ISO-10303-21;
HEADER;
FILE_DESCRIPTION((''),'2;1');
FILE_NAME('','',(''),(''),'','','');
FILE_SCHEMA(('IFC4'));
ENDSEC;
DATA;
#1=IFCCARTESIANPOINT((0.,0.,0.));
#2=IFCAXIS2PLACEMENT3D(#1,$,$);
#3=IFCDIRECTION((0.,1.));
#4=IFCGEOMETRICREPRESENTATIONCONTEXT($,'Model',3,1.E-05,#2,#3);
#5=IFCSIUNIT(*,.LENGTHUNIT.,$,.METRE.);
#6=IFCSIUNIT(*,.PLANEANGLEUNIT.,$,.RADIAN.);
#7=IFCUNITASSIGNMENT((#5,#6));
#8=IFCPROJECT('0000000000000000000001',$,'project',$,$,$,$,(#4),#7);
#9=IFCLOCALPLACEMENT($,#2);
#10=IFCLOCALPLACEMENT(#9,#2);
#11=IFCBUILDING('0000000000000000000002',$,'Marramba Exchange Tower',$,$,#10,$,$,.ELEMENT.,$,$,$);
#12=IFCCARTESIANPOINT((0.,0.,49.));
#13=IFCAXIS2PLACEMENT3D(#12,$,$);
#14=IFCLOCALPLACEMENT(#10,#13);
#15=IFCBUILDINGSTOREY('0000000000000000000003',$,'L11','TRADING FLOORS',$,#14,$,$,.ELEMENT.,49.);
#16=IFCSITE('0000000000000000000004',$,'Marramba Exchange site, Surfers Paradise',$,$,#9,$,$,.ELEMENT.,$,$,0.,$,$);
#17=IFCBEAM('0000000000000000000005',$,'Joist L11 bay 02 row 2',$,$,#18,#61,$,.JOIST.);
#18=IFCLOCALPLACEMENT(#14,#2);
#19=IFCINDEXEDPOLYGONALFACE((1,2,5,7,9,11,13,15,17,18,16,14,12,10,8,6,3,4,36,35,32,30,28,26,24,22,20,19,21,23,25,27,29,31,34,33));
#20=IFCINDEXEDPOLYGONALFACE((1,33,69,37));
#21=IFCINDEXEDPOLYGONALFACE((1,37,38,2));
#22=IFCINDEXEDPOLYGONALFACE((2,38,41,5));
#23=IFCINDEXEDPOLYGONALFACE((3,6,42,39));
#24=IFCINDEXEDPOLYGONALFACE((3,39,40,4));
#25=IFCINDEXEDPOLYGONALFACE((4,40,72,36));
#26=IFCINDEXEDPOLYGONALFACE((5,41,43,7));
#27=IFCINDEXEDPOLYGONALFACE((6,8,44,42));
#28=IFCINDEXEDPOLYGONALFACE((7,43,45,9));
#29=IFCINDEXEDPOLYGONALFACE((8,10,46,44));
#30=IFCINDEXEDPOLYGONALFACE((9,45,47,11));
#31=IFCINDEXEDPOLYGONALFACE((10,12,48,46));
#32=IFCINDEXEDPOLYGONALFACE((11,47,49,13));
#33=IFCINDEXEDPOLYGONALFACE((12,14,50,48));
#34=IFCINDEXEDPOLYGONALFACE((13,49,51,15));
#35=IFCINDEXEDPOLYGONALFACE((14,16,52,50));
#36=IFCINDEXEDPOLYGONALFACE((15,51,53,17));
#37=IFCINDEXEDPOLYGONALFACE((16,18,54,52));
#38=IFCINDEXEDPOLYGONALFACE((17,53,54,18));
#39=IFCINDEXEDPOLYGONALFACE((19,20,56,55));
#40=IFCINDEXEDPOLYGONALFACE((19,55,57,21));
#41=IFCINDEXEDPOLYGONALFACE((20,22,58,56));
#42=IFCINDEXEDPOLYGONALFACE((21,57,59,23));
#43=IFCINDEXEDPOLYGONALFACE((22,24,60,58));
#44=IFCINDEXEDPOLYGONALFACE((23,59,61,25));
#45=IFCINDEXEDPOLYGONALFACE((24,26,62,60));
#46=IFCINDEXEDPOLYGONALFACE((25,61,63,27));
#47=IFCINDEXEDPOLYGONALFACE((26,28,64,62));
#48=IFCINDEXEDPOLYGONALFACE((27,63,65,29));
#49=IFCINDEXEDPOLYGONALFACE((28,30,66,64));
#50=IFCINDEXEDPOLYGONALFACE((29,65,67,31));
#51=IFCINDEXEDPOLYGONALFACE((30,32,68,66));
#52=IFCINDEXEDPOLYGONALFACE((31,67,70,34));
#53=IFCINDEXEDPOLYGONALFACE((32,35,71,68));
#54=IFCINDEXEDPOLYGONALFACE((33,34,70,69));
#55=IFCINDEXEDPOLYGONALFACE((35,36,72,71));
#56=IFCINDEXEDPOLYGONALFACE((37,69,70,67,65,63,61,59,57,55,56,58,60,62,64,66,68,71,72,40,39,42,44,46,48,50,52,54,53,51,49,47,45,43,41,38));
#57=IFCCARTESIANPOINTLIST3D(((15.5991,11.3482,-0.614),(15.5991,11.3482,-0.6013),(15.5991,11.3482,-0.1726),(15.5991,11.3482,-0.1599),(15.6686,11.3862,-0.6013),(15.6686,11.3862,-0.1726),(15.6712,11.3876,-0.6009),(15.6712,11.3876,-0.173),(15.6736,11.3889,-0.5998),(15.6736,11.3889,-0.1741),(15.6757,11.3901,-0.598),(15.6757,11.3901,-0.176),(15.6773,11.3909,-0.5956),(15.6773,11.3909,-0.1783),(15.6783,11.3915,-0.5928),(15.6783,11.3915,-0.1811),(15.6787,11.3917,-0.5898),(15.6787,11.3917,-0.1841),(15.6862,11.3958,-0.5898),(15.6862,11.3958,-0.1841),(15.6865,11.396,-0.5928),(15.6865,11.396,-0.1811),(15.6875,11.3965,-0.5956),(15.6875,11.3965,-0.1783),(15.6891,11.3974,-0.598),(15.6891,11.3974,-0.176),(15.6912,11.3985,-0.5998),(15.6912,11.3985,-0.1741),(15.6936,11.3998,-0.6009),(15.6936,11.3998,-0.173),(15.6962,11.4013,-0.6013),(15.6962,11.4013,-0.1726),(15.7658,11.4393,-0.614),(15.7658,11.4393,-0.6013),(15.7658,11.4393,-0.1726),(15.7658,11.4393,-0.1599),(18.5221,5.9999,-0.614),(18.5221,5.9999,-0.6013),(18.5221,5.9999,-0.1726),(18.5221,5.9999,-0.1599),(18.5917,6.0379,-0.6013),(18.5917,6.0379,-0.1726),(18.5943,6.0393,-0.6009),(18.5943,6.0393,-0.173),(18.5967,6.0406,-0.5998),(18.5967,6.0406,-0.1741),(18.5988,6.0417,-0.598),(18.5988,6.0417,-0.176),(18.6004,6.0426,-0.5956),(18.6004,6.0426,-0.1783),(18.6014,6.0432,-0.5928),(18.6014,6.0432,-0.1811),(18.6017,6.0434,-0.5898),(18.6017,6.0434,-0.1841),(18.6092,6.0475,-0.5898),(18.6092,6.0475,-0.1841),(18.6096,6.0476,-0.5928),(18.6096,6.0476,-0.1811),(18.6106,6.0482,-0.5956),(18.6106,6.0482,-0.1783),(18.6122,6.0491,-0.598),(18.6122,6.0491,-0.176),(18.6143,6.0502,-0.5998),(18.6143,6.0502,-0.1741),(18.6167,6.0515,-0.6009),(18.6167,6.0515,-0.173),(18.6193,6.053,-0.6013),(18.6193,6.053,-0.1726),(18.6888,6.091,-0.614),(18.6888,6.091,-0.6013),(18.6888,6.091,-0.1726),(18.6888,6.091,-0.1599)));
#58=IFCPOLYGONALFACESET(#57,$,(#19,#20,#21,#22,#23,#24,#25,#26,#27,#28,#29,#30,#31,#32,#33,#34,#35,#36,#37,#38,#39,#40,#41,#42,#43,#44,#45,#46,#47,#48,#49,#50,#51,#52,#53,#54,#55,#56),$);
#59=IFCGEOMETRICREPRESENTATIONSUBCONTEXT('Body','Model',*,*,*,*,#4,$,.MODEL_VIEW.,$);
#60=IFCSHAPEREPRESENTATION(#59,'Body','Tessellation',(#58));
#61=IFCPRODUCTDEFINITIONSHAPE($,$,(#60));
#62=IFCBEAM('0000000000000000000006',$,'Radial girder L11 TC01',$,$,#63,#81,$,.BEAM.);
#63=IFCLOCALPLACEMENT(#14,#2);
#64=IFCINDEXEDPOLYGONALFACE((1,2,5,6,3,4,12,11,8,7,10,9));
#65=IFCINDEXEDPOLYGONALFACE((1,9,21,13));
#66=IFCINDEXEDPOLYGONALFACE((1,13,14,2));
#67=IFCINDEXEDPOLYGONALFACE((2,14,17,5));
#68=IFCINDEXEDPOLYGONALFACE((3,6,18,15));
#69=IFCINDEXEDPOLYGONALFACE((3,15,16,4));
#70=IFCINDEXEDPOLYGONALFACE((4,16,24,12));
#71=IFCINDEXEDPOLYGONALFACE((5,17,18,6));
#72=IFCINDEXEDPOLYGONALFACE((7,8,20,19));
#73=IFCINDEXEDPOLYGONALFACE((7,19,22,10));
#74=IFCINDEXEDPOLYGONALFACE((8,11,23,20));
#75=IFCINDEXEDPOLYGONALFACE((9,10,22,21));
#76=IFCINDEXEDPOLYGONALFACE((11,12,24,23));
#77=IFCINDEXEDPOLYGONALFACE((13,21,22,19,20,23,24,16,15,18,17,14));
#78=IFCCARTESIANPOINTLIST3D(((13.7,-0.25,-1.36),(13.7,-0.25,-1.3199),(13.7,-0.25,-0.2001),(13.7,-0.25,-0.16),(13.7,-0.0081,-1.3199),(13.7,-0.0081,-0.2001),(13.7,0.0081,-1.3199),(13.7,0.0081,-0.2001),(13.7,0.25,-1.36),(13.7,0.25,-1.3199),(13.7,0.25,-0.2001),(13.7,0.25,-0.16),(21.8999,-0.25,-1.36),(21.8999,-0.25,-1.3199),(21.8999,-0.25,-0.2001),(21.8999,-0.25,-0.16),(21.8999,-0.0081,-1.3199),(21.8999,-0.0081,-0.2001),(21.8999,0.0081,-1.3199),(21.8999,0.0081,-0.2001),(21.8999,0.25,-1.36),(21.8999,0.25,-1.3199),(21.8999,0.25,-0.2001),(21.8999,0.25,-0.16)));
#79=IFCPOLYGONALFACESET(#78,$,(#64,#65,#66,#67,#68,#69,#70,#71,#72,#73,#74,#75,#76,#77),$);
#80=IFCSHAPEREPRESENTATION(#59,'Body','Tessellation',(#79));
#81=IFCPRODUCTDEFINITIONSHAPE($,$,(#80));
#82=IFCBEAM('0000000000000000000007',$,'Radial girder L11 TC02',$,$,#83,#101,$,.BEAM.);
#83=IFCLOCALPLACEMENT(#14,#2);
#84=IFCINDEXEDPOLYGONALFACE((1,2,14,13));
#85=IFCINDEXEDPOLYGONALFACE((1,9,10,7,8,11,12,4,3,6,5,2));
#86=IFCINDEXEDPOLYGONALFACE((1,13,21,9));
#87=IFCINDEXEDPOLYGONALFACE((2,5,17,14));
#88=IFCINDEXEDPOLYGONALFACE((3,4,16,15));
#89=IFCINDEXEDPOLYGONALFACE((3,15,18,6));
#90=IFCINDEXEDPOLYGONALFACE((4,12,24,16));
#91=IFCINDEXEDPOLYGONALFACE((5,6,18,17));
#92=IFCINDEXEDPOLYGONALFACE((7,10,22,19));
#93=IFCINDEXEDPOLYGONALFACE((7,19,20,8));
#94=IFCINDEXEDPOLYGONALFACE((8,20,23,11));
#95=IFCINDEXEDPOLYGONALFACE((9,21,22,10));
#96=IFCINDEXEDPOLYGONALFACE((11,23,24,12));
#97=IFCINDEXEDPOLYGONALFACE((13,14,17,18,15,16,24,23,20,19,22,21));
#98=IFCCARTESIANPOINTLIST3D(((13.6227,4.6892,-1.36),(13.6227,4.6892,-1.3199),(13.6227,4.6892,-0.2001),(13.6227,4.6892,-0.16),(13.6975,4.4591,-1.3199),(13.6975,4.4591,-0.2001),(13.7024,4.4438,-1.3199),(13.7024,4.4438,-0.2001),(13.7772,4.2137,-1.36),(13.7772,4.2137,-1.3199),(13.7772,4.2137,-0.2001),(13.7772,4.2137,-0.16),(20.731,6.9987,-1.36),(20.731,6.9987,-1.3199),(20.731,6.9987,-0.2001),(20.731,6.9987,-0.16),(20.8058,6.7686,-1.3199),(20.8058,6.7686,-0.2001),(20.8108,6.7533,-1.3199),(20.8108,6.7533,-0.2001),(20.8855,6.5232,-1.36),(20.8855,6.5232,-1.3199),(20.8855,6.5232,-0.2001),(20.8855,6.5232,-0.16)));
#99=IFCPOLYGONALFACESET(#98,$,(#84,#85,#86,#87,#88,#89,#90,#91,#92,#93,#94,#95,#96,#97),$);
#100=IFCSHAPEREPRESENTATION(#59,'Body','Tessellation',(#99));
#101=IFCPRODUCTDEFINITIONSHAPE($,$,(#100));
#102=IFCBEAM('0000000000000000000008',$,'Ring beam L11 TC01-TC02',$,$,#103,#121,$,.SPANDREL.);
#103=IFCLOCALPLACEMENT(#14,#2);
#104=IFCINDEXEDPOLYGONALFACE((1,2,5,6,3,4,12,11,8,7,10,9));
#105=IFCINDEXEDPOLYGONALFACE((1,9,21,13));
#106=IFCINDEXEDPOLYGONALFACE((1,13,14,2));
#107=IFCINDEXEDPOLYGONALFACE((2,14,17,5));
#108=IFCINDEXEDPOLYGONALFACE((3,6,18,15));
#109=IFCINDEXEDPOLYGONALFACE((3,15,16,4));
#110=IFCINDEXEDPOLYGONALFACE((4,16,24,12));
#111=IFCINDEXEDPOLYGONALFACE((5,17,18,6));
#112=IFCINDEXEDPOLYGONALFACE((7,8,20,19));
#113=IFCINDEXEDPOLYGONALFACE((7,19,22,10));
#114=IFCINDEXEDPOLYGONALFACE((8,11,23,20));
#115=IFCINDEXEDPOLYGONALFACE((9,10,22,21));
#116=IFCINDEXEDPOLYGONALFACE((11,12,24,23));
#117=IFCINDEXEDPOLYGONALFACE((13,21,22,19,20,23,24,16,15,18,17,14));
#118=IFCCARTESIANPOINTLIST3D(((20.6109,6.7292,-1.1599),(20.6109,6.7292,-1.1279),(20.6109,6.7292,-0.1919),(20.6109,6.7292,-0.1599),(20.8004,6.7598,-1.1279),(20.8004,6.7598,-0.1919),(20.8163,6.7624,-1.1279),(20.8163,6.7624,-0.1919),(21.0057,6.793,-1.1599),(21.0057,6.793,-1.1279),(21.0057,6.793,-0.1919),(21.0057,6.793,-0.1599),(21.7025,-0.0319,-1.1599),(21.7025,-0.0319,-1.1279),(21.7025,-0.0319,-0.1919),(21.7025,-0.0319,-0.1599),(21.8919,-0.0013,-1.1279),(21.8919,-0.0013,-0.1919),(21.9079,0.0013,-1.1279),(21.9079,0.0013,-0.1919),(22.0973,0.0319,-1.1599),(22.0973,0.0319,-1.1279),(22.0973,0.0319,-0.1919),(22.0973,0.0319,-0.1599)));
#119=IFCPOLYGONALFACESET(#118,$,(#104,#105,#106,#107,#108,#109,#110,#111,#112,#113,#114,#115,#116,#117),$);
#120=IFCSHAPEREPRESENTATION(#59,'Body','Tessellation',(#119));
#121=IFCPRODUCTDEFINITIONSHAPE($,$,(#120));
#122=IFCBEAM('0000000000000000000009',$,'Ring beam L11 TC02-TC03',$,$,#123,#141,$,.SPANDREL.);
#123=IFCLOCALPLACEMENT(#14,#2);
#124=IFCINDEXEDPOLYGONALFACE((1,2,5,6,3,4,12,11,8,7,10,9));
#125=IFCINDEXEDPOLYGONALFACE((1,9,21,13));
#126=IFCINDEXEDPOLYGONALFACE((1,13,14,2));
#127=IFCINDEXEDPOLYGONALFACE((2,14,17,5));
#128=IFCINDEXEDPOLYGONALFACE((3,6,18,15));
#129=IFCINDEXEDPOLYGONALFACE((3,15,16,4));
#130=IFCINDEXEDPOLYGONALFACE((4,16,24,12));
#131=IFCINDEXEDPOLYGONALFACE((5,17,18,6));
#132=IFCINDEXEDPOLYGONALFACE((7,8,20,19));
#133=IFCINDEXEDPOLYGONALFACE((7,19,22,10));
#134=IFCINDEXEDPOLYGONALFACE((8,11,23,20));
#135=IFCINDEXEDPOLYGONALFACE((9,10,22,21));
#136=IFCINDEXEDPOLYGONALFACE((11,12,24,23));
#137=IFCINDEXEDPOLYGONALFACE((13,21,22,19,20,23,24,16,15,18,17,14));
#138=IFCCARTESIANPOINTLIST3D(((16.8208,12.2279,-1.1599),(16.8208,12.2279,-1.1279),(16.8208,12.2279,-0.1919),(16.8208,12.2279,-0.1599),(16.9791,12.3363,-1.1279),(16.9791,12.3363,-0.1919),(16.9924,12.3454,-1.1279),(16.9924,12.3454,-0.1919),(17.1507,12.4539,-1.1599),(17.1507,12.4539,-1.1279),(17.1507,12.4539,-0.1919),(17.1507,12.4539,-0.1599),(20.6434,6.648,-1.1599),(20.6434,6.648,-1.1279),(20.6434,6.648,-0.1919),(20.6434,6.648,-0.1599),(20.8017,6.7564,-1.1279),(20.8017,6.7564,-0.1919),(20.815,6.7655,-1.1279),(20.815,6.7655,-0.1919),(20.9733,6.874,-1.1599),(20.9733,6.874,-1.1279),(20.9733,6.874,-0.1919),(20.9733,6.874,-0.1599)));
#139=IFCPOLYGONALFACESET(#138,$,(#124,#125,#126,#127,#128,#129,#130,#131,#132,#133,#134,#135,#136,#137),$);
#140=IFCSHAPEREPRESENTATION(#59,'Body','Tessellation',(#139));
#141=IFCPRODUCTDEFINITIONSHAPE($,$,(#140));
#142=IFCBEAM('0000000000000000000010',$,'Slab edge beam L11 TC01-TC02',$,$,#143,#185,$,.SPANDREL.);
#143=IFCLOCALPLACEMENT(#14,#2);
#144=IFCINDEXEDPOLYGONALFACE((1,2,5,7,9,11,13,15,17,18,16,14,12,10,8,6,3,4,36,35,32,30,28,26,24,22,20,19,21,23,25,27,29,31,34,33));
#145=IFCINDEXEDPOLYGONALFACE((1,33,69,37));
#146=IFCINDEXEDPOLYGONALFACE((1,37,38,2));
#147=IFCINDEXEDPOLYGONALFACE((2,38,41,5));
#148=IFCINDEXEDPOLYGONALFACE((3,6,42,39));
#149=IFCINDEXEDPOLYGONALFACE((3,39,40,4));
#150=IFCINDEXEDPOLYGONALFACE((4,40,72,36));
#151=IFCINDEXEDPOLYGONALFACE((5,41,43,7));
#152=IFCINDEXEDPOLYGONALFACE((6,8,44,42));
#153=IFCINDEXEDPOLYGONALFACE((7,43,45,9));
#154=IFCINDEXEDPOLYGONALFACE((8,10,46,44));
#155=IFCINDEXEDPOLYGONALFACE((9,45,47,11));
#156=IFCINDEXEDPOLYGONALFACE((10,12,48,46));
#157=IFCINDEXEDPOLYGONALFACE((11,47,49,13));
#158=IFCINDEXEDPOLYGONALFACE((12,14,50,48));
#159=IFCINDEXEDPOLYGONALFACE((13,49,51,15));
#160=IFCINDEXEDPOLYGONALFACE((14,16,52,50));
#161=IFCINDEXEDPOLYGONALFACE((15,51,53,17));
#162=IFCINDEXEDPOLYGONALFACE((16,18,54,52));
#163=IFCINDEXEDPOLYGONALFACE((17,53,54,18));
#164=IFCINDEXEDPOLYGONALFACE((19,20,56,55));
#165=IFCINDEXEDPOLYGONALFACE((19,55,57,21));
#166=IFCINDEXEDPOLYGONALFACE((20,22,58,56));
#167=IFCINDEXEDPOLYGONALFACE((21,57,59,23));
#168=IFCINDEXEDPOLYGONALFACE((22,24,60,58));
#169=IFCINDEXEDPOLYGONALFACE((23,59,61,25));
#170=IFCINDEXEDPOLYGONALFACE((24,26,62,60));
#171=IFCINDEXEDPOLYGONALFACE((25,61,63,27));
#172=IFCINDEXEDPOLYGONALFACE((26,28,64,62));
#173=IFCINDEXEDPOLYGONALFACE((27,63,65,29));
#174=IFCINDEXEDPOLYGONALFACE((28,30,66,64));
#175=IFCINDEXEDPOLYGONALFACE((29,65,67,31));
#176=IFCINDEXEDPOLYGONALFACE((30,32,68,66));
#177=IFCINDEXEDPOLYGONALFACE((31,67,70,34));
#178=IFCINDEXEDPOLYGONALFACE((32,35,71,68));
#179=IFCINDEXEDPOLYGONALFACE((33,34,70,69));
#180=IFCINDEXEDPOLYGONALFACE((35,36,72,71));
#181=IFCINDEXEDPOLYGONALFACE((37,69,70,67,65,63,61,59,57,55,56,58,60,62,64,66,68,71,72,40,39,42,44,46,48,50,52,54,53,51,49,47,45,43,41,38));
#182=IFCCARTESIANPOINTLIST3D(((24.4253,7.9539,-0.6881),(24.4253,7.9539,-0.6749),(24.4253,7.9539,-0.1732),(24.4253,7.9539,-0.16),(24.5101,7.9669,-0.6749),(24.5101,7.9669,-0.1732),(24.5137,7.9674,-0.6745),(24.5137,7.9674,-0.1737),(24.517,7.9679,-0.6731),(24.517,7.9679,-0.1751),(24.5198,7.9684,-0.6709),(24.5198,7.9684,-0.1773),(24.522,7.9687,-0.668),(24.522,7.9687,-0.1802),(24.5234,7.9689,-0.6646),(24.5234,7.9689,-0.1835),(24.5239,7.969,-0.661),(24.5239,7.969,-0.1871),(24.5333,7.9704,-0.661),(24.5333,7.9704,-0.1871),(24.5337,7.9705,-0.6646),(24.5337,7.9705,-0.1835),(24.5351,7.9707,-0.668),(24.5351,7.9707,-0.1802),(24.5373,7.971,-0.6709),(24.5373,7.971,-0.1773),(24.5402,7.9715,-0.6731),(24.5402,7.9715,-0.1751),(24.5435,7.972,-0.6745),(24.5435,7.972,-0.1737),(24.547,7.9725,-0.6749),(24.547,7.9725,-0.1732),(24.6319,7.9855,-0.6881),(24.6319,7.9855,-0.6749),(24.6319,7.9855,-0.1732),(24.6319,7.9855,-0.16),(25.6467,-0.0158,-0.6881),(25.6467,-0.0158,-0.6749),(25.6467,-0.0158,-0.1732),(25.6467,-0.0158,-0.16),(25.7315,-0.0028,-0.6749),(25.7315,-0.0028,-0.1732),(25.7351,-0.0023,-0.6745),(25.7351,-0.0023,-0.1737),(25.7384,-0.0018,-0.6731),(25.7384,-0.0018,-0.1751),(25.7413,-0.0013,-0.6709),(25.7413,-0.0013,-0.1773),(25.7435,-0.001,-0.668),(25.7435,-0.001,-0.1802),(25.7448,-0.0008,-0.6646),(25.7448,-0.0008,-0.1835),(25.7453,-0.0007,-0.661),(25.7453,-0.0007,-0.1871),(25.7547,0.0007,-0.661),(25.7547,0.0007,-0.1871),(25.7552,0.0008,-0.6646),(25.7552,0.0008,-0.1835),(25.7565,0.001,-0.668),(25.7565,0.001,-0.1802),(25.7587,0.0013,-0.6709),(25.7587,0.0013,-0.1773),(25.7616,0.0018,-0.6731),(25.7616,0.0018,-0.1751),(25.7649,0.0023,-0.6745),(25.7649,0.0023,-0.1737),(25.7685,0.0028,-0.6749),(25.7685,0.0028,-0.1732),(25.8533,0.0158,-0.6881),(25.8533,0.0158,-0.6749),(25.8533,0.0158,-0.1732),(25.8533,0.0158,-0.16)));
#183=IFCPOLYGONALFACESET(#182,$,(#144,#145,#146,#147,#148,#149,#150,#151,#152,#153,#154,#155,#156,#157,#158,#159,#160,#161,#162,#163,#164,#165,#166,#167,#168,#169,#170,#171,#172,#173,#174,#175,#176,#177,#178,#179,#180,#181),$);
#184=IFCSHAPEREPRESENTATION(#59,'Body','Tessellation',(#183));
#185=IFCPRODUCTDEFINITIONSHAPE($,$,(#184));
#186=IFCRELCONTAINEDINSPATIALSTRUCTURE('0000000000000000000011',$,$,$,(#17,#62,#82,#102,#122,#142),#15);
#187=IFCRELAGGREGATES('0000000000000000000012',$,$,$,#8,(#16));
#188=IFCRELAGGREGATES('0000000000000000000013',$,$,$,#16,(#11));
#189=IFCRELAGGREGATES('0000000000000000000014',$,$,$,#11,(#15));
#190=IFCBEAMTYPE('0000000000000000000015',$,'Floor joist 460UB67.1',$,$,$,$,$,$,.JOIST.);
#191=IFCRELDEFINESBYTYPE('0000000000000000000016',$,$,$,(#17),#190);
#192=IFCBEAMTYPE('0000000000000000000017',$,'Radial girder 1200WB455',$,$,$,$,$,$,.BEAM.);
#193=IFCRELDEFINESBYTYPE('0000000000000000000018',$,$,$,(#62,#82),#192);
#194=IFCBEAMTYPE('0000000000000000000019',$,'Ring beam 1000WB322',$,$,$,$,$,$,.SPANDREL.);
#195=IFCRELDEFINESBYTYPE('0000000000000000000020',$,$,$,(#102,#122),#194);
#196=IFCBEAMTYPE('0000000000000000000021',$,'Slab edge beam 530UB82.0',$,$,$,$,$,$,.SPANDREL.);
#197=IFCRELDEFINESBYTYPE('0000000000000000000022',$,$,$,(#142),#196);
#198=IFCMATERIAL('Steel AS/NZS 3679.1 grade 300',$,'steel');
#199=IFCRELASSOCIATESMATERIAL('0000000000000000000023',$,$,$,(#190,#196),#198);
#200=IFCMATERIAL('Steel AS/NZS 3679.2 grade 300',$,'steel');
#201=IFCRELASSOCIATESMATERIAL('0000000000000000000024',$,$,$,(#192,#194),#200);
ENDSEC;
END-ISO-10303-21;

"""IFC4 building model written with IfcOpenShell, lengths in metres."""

from ifc_helpers import new_model, si_unit, direction, frame, origin, origin_2d, place, context, subcontext, project, spatial, i_section, extrude, material, material_profile, profile_set, type_object, element, save


model = new_model("IFC4")

# Units and contexts
model_context = context("Model", 3, precision=1e-05, world=origin(), true_north=direction((0.0, 1.0)))
body_context = subcontext(model_context, "Body", "Model", "MODEL_VIEW")
ifc_project = project(units=[si_unit("LENGTHUNIT", "METRE"), si_unit("PLANEANGLEUNIT", "RADIAN")], contexts=[model_context])

# Site, building, storey
site_placement = place(None, origin())
site = spatial("IfcSite", under=ifc_project, at=site_placement, Name="Marramba Exchange site, Surfers Paradise", CompositionType="ELEMENT", RefElevation=0.0)
building_placement = place(site_placement, origin())
building = spatial("IfcBuilding", under=site, at=building_placement, Name="Marramba Exchange Tower", CompositionType="ELEMENT")
storey_placement = place(building_placement, frame((0.0, 0.0, 49.0)))
storey = spatial("IfcBuildingStorey", under=building, at=storey_placement, Name="L11", Description="TRADING FLOORS", CompositionType="ELEMENT", Elevation=49.0)

# Beams
ifc_material_1 = material(Name="Steel AS/NZS 3679.2 grade 300", Category="steel")
ifc_material_2 = material(Name="Steel AS/NZS 3679.1 grade 300", Category="steel")
ifc_material_profile_1 = material_profile(ifc_material_2, i_section(OverallWidth=0.1899, OverallDepth=0.4541, WebThickness=0.0085, FlangeThickness=0.0127, FilletRadius=0.0115, at=origin_2d()), Name="460UB67.1")
ifc_profile_set_1 = profile_set([ifc_material_profile_1], Name="Steel AS/NZS 3679.1 grade 300")
beam_type_1 = type_object("IfcBeamType", Name="Floor joist 460UB67.1", PredefinedType="JOIST", material=ifc_profile_set_1)
beam_1_placement = place(storey_placement, frame((18.6055, 6.0454, -0.387), z_axis=(-0.479584, 0.877496, 0.0), x_axis=(-0.877496, -0.479584, 0.0)))
element("IfcBeam", 1, at=beam_1_placement, inside=storey, type_object=beam_type_1, Name="Joist L11 bay 02 row 2", PredefinedType="JOIST", context=body_context, shape_type="SweptSolid", body=[
    extrude(i_section(OverallWidth=0.1899, OverallDepth=0.4541, WebThickness=0.0085, FlangeThickness=0.0127, FilletRadius=0.0115, at=origin_2d()), origin(), (0.0, 0.0, 1.0), 6.095),
])
ifc_material_profile_2 = material_profile(ifc_material_1, i_section(OverallWidth=0.5, OverallDepth=1.2, WebThickness=0.0161, FlangeThickness=0.04, at=origin_2d()), Name="1200WB455")
ifc_profile_set_2 = profile_set([ifc_material_profile_2], Name="Steel AS/NZS 3679.2 grade 300")
beam_type_2 = type_object("IfcBeamType", Name="Radial girder 1200WB455", PredefinedType="BEAM", material=ifc_profile_set_2)
beam_2_placement = place(storey_placement, frame((13.7, 0.0, -0.76), z_axis=(1.0, 0.0, 0.0), x_axis=(0.0, 1.0, 0.0)))
element("IfcBeam", 2, at=beam_2_placement, inside=storey, type_object=beam_type_2, Name="Radial girder L11 TC01", PredefinedType="BEAM", context=body_context, shape_type="SweptSolid", body=[
    extrude(i_section(OverallWidth=0.5, OverallDepth=1.2, WebThickness=0.0161, FlangeThickness=0.04, at=origin_2d()), origin(), (0.0, 0.0, 1.0), 8.2),
])
beam_3_placement = place(storey_placement, frame((13.7, 4.4514, -0.76), z_axis=(0.95106, 0.309006, 0.0), x_axis=(-0.309006, 0.95106, 0.0)))
element("IfcBeam", 3, at=beam_3_placement, inside=storey, type_object=beam_type_2, Name="Radial girder L11 TC02", PredefinedType="BEAM", context=body_context, shape_type="SweptSolid", body=[
    extrude(i_section(OverallWidth=0.5, OverallDepth=1.2, WebThickness=0.0161, FlangeThickness=0.04, at=origin_2d()), origin(), (0.0, 0.0, 1.0), 7.4741),
])
ifc_material_profile_3 = material_profile(ifc_material_1, i_section(OverallWidth=0.3999, OverallDepth=1.0, WebThickness=0.0161, FlangeThickness=0.032, at=origin_2d()), Name="1000WB322")
ifc_profile_set_3 = profile_set([ifc_material_profile_3], Name="Steel AS/NZS 3679.2 grade 300")
beam_type_3 = type_object("IfcBeamType", Name="Ring beam 1000WB322", PredefinedType="SPANDREL", material=ifc_profile_set_3)
beam_4_placement = place(storey_placement, frame((21.8999, 0.0, -0.6599), z_axis=(-0.159385, 0.987217, 0.0), x_axis=(-0.987217, -0.159385, 0.0)))
element("IfcBeam", 4, at=beam_4_placement, inside=storey, type_object=beam_type_3, Name="Ring beam L11 TC01-TC02", PredefinedType="SPANDREL", context=body_context, shape_type="SweptSolid", body=[
    extrude(i_section(OverallWidth=0.3999, OverallDepth=1.0, WebThickness=0.0161, FlangeThickness=0.032, at=origin_2d()), origin(), (0.0, 0.0, 1.0), 6.8486),
])
beam_5_placement = place(storey_placement, frame((20.8083, 6.761, -0.6599), z_axis=(-0.56516, 0.824981, 0.0), x_axis=(-0.824981, -0.56516, 0.0)))
element("IfcBeam", 5, at=beam_5_placement, inside=storey, type_object=beam_type_3, Name="Ring beam L11 TC02-TC03", PredefinedType="SPANDREL", context=body_context, shape_type="SweptSolid", body=[
    extrude(i_section(OverallWidth=0.3999, OverallDepth=1.0, WebThickness=0.0161, FlangeThickness=0.032, at=origin_2d()), origin(), (0.0, 0.0, 1.0), 6.7637),
])
ifc_material_profile_4 = material_profile(ifc_material_2, i_section(OverallWidth=0.209, OverallDepth=0.5281, WebThickness=0.0095, FlangeThickness=0.0132, FilletRadius=0.0139, at=origin_2d()), Name="530UB82.0")
ifc_profile_set_4 = profile_set([ifc_material_profile_4], Name="Steel AS/NZS 3679.1 grade 300")
beam_type_4 = type_object("IfcBeamType", Name="Slab edge beam 530UB82.0", PredefinedType="SPANDREL", material=ifc_profile_set_4)
beam_6_placement = place(storey_placement, frame((25.75, 0.0, -0.4241), z_axis=(-0.151491, 0.988459, 0.0), x_axis=(-0.988459, -0.151491, 0.0)))
element("IfcBeam", 6, at=beam_6_placement, inside=storey, type_object=beam_type_4, Name="Slab edge beam L11 TC01-TC02", PredefinedType="SPANDREL", context=body_context, shape_type="SweptSolid", body=[
    extrude(i_section(OverallWidth=0.209, OverallDepth=0.5281, WebThickness=0.0095, FlangeThickness=0.0132, FilletRadius=0.0139, at=origin_2d()), origin(), (0.0, 0.0, 1.0), 8.0627),
])

save(model, "model.ifc")
